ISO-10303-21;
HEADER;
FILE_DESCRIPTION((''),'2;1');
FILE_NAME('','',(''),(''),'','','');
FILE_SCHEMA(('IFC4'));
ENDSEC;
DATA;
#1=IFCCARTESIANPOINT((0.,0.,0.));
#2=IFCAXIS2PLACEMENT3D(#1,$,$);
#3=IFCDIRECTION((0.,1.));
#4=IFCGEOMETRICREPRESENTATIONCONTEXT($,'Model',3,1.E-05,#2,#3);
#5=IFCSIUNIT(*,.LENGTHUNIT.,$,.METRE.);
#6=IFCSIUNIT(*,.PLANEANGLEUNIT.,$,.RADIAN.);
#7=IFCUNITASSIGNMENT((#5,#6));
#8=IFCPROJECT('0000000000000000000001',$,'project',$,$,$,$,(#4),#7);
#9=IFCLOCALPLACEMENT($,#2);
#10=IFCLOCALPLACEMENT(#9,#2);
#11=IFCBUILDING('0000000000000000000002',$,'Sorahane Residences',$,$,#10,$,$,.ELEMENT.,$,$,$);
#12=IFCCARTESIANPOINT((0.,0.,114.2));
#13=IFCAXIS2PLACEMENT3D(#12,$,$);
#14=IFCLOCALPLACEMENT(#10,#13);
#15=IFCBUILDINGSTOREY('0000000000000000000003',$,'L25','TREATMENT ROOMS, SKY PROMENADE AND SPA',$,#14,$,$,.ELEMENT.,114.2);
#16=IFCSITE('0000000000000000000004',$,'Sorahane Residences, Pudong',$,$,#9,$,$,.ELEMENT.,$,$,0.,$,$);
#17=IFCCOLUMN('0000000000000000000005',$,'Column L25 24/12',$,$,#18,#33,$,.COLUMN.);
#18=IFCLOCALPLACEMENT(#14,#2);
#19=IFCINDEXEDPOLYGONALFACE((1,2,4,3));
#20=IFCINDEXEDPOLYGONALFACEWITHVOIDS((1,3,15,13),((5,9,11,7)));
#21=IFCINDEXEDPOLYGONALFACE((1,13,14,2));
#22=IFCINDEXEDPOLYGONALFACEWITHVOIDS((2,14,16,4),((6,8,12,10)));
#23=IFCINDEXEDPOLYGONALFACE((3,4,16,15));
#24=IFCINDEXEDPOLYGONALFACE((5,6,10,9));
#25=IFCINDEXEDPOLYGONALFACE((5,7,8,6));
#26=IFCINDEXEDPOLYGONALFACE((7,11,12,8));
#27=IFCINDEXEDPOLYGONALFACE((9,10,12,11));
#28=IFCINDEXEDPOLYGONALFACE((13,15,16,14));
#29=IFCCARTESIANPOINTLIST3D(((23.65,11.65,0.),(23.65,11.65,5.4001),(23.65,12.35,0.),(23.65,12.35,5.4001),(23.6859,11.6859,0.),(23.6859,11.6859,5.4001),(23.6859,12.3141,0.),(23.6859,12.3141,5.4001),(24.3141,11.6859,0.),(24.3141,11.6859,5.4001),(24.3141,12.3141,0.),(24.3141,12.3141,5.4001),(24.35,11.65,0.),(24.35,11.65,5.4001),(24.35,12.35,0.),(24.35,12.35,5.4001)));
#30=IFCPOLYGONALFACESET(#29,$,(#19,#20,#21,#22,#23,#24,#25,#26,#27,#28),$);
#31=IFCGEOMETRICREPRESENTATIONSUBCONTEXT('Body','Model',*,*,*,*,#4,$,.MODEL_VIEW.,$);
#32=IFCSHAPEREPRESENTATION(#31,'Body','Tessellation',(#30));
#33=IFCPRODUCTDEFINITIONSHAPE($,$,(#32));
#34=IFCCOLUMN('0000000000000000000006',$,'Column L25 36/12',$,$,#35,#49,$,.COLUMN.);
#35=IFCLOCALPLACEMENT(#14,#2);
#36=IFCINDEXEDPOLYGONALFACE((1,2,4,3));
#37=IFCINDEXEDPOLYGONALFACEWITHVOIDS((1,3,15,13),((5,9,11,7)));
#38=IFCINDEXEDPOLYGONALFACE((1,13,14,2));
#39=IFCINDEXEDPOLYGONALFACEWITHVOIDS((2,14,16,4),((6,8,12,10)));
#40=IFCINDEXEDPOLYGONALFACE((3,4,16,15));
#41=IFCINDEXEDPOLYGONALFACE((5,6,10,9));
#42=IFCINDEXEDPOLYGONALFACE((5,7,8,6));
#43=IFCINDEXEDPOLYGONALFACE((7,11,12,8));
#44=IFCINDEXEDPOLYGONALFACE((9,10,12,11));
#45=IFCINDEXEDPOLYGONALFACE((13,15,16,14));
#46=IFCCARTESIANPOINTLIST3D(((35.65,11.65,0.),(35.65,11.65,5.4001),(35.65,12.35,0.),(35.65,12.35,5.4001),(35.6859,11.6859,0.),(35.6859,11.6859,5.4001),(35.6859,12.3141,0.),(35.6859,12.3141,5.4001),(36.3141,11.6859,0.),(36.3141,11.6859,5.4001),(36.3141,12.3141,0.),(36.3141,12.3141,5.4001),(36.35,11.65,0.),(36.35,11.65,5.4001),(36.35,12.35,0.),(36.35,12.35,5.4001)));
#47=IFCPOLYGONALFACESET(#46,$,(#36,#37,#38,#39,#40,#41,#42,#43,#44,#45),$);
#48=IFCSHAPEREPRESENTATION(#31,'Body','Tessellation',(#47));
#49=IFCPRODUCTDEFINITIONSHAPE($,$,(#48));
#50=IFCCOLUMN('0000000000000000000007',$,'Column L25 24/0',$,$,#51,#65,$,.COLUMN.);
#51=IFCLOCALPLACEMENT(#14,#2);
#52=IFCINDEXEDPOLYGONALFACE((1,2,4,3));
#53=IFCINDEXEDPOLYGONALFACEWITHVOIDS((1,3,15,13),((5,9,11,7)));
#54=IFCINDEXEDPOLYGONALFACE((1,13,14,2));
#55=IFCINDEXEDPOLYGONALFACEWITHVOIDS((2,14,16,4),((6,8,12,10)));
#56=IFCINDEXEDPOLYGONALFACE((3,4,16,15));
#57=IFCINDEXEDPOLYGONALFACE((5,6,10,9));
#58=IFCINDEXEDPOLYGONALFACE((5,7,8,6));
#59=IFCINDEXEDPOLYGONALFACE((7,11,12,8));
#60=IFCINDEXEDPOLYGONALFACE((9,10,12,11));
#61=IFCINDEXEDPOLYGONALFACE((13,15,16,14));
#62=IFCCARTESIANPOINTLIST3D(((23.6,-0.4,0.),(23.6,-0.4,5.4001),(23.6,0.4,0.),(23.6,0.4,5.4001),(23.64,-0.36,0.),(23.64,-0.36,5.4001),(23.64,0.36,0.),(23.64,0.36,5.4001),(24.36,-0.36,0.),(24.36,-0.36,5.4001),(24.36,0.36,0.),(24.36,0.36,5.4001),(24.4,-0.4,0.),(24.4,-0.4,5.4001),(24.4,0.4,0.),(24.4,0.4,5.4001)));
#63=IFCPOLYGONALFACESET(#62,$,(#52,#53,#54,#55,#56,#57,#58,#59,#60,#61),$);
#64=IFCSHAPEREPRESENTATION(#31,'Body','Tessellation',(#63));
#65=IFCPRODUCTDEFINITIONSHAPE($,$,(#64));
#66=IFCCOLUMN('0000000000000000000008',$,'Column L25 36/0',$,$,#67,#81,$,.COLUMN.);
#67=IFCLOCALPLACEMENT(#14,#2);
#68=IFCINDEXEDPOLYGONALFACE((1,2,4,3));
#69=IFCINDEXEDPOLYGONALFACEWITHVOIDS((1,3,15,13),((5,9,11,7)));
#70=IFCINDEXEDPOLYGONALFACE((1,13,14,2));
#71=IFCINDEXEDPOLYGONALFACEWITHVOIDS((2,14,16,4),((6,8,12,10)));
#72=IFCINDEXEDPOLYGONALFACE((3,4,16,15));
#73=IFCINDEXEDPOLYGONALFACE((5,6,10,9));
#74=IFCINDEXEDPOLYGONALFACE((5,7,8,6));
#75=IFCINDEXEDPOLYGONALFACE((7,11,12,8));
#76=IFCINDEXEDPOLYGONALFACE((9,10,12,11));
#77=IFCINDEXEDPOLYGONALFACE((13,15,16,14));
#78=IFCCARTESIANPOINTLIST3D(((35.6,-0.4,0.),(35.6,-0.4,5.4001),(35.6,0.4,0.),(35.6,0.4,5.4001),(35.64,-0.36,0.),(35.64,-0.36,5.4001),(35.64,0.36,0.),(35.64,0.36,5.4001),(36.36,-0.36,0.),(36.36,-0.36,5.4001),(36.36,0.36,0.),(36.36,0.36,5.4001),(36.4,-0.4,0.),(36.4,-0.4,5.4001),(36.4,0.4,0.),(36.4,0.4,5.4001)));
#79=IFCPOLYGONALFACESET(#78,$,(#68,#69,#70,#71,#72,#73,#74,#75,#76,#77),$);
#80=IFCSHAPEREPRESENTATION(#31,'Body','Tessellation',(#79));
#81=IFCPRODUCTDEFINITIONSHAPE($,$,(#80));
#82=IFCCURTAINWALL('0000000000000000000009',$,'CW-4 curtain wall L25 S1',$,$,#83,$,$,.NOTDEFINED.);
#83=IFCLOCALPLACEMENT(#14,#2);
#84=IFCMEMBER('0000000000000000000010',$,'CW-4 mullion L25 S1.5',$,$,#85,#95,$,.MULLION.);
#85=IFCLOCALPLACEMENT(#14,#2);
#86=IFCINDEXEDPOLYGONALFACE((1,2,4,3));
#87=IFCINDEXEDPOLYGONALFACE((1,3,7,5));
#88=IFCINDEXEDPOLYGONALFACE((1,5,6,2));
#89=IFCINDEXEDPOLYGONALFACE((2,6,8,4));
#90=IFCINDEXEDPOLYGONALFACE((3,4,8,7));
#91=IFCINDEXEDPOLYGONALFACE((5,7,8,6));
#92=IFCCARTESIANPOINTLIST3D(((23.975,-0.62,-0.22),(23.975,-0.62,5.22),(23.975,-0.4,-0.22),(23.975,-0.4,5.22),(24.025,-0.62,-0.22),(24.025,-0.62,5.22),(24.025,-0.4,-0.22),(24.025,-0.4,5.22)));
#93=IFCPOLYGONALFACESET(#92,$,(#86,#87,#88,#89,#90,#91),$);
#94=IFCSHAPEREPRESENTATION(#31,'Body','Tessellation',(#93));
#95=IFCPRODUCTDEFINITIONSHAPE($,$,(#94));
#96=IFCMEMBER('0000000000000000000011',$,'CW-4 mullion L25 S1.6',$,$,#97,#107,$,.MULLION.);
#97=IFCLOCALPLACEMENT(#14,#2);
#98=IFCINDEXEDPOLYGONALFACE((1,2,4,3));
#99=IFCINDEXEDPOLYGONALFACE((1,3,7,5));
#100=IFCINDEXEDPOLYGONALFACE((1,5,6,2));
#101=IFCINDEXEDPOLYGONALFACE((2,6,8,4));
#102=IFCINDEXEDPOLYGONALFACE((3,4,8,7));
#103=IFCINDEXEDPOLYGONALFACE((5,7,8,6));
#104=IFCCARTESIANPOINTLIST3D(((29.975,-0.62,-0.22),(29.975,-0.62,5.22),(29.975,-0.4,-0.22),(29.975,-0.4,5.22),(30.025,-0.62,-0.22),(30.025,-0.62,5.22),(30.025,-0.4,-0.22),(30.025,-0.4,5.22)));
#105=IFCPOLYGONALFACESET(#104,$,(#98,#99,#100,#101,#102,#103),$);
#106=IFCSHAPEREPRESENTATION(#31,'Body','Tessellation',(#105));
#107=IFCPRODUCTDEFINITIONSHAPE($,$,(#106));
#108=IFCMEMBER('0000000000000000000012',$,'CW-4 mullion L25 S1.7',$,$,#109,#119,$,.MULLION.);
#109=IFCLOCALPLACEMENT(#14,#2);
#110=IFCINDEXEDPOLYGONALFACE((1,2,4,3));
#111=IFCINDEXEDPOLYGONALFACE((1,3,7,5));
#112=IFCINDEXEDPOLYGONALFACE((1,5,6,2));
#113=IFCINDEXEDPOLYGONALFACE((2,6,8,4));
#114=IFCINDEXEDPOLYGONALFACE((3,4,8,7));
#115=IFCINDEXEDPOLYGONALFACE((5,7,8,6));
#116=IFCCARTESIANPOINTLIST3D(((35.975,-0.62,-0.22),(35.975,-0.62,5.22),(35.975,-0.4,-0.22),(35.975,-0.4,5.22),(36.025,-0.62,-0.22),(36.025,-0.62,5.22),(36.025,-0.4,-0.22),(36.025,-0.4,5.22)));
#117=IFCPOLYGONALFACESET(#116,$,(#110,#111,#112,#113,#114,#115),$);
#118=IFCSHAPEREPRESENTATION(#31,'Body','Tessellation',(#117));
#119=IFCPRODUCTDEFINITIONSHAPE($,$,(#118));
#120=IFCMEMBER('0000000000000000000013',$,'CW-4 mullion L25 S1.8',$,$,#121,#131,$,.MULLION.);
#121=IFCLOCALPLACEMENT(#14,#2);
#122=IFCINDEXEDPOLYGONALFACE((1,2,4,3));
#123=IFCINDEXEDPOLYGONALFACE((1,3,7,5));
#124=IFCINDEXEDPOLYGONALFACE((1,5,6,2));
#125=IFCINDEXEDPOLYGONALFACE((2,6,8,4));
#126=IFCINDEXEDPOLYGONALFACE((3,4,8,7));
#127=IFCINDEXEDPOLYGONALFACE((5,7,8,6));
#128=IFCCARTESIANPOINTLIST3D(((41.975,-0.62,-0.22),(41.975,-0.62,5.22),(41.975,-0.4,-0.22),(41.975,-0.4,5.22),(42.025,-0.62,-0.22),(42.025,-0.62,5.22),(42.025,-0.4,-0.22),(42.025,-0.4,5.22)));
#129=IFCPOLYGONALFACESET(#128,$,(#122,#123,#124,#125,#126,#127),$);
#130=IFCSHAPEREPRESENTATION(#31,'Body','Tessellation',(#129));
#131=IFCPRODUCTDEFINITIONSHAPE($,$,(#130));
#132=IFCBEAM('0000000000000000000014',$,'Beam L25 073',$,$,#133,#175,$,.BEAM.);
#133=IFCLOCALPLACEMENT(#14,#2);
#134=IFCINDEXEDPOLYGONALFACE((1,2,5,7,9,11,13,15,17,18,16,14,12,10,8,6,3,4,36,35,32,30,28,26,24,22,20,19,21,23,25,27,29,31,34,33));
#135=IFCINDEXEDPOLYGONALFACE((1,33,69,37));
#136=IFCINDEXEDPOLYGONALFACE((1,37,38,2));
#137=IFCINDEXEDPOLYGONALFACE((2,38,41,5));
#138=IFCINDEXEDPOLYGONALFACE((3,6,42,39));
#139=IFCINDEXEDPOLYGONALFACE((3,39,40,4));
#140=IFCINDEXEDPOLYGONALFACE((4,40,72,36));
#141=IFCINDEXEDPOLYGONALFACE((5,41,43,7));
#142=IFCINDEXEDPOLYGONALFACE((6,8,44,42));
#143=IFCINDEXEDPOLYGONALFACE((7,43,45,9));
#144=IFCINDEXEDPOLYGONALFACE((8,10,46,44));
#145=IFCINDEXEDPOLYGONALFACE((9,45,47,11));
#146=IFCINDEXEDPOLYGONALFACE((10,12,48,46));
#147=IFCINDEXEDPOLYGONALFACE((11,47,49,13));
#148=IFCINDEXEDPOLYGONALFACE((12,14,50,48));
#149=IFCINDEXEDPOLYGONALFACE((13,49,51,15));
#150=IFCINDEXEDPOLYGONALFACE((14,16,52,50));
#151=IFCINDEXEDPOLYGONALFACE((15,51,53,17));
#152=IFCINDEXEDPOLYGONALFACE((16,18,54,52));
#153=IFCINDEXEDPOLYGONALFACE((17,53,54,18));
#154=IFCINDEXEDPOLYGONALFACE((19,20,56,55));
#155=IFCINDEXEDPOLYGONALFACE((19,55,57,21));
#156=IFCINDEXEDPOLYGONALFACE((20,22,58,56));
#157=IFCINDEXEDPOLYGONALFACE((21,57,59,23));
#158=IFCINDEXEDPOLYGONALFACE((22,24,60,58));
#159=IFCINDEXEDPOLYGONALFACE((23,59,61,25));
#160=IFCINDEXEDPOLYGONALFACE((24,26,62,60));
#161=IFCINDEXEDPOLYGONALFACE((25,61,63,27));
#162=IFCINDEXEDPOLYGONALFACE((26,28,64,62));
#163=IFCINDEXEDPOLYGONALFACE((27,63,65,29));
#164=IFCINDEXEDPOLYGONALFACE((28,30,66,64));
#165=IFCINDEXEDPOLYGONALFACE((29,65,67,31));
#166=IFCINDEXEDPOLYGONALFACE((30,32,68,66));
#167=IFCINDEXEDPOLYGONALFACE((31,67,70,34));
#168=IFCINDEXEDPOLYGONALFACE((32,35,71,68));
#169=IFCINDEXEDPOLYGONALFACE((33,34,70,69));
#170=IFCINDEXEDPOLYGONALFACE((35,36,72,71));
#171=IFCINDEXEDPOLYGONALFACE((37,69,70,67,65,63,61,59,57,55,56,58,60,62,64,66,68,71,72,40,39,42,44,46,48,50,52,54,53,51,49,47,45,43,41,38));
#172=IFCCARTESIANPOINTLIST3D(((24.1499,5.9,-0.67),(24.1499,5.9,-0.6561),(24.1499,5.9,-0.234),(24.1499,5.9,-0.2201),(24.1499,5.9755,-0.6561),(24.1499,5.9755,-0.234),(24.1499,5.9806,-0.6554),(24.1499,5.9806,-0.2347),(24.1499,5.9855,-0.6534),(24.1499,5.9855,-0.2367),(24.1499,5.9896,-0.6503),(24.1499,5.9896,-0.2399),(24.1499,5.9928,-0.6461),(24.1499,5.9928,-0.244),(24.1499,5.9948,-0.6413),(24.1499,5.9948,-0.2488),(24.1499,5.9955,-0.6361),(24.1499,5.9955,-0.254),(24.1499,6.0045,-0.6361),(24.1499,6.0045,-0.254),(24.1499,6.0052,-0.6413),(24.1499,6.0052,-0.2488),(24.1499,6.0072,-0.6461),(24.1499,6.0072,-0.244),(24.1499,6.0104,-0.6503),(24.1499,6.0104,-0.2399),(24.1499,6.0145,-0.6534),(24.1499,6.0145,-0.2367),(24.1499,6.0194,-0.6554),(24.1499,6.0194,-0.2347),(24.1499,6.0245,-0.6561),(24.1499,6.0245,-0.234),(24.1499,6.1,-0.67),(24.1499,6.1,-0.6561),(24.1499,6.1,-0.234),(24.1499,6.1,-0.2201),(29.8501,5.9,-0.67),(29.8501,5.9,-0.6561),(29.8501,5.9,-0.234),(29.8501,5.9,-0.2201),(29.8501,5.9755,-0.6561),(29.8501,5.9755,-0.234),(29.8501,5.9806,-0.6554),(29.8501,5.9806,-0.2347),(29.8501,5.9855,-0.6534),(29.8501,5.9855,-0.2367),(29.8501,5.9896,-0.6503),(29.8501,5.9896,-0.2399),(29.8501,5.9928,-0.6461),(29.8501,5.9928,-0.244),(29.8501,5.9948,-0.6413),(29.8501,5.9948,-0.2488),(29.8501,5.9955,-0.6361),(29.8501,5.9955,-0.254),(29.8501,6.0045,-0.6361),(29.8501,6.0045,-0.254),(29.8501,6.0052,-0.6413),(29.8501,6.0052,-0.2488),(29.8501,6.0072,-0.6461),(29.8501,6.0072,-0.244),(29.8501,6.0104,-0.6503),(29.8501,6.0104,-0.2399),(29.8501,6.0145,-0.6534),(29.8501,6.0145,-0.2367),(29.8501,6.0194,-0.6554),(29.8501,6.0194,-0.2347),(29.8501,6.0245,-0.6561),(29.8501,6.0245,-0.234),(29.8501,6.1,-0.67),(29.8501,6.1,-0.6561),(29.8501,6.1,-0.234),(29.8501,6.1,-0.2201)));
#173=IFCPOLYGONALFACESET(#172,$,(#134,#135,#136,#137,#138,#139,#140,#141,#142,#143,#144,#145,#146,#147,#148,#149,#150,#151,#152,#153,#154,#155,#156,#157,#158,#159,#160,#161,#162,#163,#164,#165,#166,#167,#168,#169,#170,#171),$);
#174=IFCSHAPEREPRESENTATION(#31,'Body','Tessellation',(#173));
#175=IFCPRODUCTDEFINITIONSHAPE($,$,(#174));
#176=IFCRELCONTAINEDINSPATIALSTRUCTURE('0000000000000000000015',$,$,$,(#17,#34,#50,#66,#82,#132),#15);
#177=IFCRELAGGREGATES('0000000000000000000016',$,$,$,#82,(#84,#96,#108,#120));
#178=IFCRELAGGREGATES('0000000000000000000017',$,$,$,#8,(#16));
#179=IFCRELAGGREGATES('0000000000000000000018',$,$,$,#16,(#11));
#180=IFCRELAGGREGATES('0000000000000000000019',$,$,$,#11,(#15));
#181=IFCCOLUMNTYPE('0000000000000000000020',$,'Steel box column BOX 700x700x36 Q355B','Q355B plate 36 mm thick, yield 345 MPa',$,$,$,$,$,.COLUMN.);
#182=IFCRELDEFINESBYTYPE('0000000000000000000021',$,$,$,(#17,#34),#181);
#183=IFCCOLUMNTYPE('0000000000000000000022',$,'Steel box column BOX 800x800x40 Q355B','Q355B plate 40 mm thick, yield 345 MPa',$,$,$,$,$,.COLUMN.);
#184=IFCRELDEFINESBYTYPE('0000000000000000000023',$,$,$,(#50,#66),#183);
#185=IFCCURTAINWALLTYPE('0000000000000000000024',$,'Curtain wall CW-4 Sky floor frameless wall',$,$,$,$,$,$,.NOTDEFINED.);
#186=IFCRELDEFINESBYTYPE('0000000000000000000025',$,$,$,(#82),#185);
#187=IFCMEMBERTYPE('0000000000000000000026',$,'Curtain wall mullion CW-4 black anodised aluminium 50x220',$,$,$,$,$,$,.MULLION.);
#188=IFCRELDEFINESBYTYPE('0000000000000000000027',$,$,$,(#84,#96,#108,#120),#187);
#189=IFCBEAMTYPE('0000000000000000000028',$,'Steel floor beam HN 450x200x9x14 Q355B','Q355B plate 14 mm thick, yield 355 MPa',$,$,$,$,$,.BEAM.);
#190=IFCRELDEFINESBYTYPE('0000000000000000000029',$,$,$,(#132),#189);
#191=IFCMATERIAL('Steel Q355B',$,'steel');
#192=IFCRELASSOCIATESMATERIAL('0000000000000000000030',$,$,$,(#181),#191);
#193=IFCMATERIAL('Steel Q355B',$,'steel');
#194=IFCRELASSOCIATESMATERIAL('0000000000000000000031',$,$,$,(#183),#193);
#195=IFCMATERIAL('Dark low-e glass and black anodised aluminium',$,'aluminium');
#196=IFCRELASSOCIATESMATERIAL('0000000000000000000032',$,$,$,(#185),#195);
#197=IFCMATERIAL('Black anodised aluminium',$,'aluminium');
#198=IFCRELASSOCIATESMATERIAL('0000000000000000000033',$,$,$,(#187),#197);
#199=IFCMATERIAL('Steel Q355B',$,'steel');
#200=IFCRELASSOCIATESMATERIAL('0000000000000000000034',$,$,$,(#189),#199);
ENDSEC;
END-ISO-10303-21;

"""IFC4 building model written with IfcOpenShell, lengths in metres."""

from ifc_helpers import new_model, si_unit, direction, frame, origin, origin_2d, place, context, subcontext, project, spatial, rectangle, hollow_rectangle, i_section, extrude, material, material_profile, profile_set, type_object, element, aggregate, save


model = new_model("IFC4")

# Units and contexts
model_context = context("Model", 3, precision=1e-05, world=origin(), true_north=direction((0.0, 1.0)))
body_context = subcontext(model_context, "Body", "Model", "MODEL_VIEW")
ifc_project = project(units=[si_unit("LENGTHUNIT", "METRE"), si_unit("PLANEANGLEUNIT", "RADIAN")], contexts=[model_context])

# Site, building, storey
site_placement = place(None, origin())
site = spatial("IfcSite", under=ifc_project, at=site_placement, Name="Sorahane Residences, Pudong", CompositionType="ELEMENT", RefElevation=0.0)
building_placement = place(site_placement, origin())
building = spatial("IfcBuilding", under=site, at=building_placement, Name="Sorahane Residences", CompositionType="ELEMENT")
storey_placement = place(building_placement, frame((0.0, 0.0, 114.2)))
storey = spatial("IfcBuildingStorey", under=building, at=storey_placement, Name="L25", Description="TREATMENT ROOMS, SKY PROMENADE AND SPA", CompositionType="ELEMENT", Elevation=114.2)

# Columns
ifc_material_1 = material(Name="Steel Q355B", Category="steel")
ifc_material_profile_1 = material_profile(ifc_material_1, hollow_rectangle(XDim=0.7, YDim=0.7, WallThickness=0.0359, at=origin_2d()), Name="BOX 700x700x36")
ifc_profile_set_1 = profile_set([ifc_material_profile_1], Name="Steel Q355B")
column_type_1 = type_object("IfcColumnType", Name="Steel box column BOX 700x700x36 Q355B", Description="Q355B plate 36 mm thick, yield 345 MPa", PredefinedType="COLUMN", material=ifc_profile_set_1)
for number, where, z_axis, x_axis, name in (
    (1, (24.0, 12.0, 0.0), (0.0, 0.0, 1.0), (1.0, 0.0, 0.0), "Column L25 24/12"),
    (2, (36.0, 12.0, 0.0), (0.0, 0.0, 1.0), (1.0, 0.0, 0.0), "Column L25 36/12"),
):
    element("IfcColumn", number, at=place(storey_placement, frame(where, z_axis=z_axis, x_axis=x_axis)), inside=storey, type_object=column_type_1, Name=name, PredefinedType="COLUMN", context=body_context, shape_type="SweptSolid", body=[
        extrude(hollow_rectangle(XDim=0.7, YDim=0.7, WallThickness=0.0359, at=origin_2d()), origin(), (0.0, 0.0, 1.0), 5.4001),
    ])
ifc_material_2 = material(Name="Steel Q355B", Category="steel")
ifc_material_profile_2 = material_profile(ifc_material_2, hollow_rectangle(XDim=0.8, YDim=0.8, WallThickness=0.04, at=origin_2d()), Name="BOX 800x800x40")
ifc_profile_set_2 = profile_set([ifc_material_profile_2], Name="Steel Q355B")
column_type_2 = type_object("IfcColumnType", Name="Steel box column BOX 800x800x40 Q355B", Description="Q355B plate 40 mm thick, yield 345 MPa", PredefinedType="COLUMN", material=ifc_profile_set_2)
for number, where, z_axis, x_axis, name in (
    (3, (24.0, 0.0, 0.0), (0.0, 0.0, 1.0), (1.0, 0.0, 0.0), "Column L25 24/0"),
    (4, (36.0, 0.0, 0.0), (0.0, 0.0, 1.0), (1.0, 0.0, 0.0), "Column L25 36/0"),
):
    element("IfcColumn", number, at=place(storey_placement, frame(where, z_axis=z_axis, x_axis=x_axis)), inside=storey, type_object=column_type_2, Name=name, PredefinedType="COLUMN", context=body_context, shape_type="SweptSolid", body=[
        extrude(hollow_rectangle(XDim=0.8, YDim=0.8, WallThickness=0.04, at=origin_2d()), origin(), (0.0, 0.0, 1.0), 5.4001),
    ])

# Curtain wall, members
ifc_material_3 = material(Name="Dark low-e glass and black anodised aluminium", Category="aluminium")
curtain_wall_type = type_object("IfcCurtainWallType", Name="Curtain wall CW-4 Sky floor frameless wall", PredefinedType="NOTDEFINED", material=ifc_material_3)
curtain_wall_placement = place(storey_placement, origin())
curtain_wall = element("IfcCurtainWall", 5, at=curtain_wall_placement, inside=storey, type_object=curtain_wall_type, Name="CW-4 curtain wall L25 S1", PredefinedType="NOTDEFINED")
ifc_material_4 = material(Name="Black anodised aluminium", Category="aluminium")
ifc_material_profile_3 = material_profile(ifc_material_4, rectangle(XDim=0.22, YDim=0.05, at=origin_2d()), Name="Curtain wall mullion CW-4 black anodised aluminium 50x220")
ifc_profile_set_3 = profile_set([ifc_material_profile_3], Name="Black anodised aluminium")
member_type = type_object("IfcMemberType", Name="Curtain wall mullion CW-4 black anodised aluminium 50x220", PredefinedType="MULLION", material=ifc_profile_set_3)
member_1_placement = place(storey_placement, frame((24.0, -0.51, -0.22), z_axis=(0.0, 0.0, 1.0), x_axis=(0.0, -1.0, 0.0)))
member_1 = element("IfcMember", 6, at=member_1_placement, type_object=member_type, Name="CW-4 mullion L25 S1.5", PredefinedType="MULLION", context=body_context, shape_type="SweptSolid", body=[
    extrude(rectangle(XDim=0.22, YDim=0.05, at=origin_2d()), origin(), (0.0, 0.0, 1.0), 5.4399),
])
member_2_placement = place(storey_placement, frame((30.0, -0.51, -0.22), z_axis=(0.0, 0.0, 1.0), x_axis=(0.0, -1.0, 0.0)))
member_2 = element("IfcMember", 7, at=member_2_placement, type_object=member_type, Name="CW-4 mullion L25 S1.6", PredefinedType="MULLION", context=body_context, shape_type="SweptSolid", body=[
    extrude(rectangle(XDim=0.22, YDim=0.05, at=origin_2d()), origin(), (0.0, 0.0, 1.0), 5.4399),
])
member_3_placement = place(storey_placement, frame((36.0, -0.51, -0.22), z_axis=(0.0, 0.0, 1.0), x_axis=(0.0, -1.0, 0.0)))
member_3 = element("IfcMember", 8, at=member_3_placement, type_object=member_type, Name="CW-4 mullion L25 S1.7", PredefinedType="MULLION", context=body_context, shape_type="SweptSolid", body=[
    extrude(rectangle(XDim=0.22, YDim=0.05, at=origin_2d()), origin(), (0.0, 0.0, 1.0), 5.4399),
])
member_4_placement = place(storey_placement, frame((42.0, -0.51, -0.22), z_axis=(0.0, 0.0, 1.0), x_axis=(0.0, -1.0, 0.0)))
member_4 = element("IfcMember", 9, at=member_4_placement, type_object=member_type, Name="CW-4 mullion L25 S1.8", PredefinedType="MULLION", context=body_context, shape_type="SweptSolid", body=[
    extrude(rectangle(XDim=0.22, YDim=0.05, at=origin_2d()), origin(), (0.0, 0.0, 1.0), 5.4399),
])

# Beam
ifc_material_5 = material(Name="Steel Q355B", Category="steel")
ifc_material_profile_4 = material_profile(ifc_material_5, i_section(OverallWidth=0.2, OverallDepth=0.45, WebThickness=0.009, FlangeThickness=0.0139, FilletRadius=0.02, at=origin_2d()), Name="HN 450x200x9x14")
ifc_profile_set_4 = profile_set([ifc_material_profile_4], Name="Steel Q355B")
beam_type_1 = type_object("IfcBeamType", Name="Steel floor beam HN 450x200x9x14 Q355B", Description="Q355B plate 14 mm thick, yield 355 MPa", PredefinedType="BEAM", material=ifc_profile_set_4)
for number, where, z_axis, x_axis, name in (
    (10, (24.1499, 6.0, -0.4451), (1.0, 0.0, 0.0), (0.0, 1.0, 0.0), "Beam L25 073"),
):
    element("IfcBeam", number, at=place(storey_placement, frame(where, z_axis=z_axis, x_axis=x_axis)), inside=storey, type_object=beam_type_1, Name=name, PredefinedType="BEAM", context=body_context, shape_type="SweptSolid", body=[
        extrude(i_section(OverallWidth=0.2, OverallDepth=0.45, WebThickness=0.009, FlangeThickness=0.0139, FilletRadius=0.02, at=origin_2d()), origin(), (0.0, 0.0, 1.0), 5.7002),
    ])

aggregate(curtain_wall, [member_1, member_2, member_3, member_4])

save(model, "model.ifc")
